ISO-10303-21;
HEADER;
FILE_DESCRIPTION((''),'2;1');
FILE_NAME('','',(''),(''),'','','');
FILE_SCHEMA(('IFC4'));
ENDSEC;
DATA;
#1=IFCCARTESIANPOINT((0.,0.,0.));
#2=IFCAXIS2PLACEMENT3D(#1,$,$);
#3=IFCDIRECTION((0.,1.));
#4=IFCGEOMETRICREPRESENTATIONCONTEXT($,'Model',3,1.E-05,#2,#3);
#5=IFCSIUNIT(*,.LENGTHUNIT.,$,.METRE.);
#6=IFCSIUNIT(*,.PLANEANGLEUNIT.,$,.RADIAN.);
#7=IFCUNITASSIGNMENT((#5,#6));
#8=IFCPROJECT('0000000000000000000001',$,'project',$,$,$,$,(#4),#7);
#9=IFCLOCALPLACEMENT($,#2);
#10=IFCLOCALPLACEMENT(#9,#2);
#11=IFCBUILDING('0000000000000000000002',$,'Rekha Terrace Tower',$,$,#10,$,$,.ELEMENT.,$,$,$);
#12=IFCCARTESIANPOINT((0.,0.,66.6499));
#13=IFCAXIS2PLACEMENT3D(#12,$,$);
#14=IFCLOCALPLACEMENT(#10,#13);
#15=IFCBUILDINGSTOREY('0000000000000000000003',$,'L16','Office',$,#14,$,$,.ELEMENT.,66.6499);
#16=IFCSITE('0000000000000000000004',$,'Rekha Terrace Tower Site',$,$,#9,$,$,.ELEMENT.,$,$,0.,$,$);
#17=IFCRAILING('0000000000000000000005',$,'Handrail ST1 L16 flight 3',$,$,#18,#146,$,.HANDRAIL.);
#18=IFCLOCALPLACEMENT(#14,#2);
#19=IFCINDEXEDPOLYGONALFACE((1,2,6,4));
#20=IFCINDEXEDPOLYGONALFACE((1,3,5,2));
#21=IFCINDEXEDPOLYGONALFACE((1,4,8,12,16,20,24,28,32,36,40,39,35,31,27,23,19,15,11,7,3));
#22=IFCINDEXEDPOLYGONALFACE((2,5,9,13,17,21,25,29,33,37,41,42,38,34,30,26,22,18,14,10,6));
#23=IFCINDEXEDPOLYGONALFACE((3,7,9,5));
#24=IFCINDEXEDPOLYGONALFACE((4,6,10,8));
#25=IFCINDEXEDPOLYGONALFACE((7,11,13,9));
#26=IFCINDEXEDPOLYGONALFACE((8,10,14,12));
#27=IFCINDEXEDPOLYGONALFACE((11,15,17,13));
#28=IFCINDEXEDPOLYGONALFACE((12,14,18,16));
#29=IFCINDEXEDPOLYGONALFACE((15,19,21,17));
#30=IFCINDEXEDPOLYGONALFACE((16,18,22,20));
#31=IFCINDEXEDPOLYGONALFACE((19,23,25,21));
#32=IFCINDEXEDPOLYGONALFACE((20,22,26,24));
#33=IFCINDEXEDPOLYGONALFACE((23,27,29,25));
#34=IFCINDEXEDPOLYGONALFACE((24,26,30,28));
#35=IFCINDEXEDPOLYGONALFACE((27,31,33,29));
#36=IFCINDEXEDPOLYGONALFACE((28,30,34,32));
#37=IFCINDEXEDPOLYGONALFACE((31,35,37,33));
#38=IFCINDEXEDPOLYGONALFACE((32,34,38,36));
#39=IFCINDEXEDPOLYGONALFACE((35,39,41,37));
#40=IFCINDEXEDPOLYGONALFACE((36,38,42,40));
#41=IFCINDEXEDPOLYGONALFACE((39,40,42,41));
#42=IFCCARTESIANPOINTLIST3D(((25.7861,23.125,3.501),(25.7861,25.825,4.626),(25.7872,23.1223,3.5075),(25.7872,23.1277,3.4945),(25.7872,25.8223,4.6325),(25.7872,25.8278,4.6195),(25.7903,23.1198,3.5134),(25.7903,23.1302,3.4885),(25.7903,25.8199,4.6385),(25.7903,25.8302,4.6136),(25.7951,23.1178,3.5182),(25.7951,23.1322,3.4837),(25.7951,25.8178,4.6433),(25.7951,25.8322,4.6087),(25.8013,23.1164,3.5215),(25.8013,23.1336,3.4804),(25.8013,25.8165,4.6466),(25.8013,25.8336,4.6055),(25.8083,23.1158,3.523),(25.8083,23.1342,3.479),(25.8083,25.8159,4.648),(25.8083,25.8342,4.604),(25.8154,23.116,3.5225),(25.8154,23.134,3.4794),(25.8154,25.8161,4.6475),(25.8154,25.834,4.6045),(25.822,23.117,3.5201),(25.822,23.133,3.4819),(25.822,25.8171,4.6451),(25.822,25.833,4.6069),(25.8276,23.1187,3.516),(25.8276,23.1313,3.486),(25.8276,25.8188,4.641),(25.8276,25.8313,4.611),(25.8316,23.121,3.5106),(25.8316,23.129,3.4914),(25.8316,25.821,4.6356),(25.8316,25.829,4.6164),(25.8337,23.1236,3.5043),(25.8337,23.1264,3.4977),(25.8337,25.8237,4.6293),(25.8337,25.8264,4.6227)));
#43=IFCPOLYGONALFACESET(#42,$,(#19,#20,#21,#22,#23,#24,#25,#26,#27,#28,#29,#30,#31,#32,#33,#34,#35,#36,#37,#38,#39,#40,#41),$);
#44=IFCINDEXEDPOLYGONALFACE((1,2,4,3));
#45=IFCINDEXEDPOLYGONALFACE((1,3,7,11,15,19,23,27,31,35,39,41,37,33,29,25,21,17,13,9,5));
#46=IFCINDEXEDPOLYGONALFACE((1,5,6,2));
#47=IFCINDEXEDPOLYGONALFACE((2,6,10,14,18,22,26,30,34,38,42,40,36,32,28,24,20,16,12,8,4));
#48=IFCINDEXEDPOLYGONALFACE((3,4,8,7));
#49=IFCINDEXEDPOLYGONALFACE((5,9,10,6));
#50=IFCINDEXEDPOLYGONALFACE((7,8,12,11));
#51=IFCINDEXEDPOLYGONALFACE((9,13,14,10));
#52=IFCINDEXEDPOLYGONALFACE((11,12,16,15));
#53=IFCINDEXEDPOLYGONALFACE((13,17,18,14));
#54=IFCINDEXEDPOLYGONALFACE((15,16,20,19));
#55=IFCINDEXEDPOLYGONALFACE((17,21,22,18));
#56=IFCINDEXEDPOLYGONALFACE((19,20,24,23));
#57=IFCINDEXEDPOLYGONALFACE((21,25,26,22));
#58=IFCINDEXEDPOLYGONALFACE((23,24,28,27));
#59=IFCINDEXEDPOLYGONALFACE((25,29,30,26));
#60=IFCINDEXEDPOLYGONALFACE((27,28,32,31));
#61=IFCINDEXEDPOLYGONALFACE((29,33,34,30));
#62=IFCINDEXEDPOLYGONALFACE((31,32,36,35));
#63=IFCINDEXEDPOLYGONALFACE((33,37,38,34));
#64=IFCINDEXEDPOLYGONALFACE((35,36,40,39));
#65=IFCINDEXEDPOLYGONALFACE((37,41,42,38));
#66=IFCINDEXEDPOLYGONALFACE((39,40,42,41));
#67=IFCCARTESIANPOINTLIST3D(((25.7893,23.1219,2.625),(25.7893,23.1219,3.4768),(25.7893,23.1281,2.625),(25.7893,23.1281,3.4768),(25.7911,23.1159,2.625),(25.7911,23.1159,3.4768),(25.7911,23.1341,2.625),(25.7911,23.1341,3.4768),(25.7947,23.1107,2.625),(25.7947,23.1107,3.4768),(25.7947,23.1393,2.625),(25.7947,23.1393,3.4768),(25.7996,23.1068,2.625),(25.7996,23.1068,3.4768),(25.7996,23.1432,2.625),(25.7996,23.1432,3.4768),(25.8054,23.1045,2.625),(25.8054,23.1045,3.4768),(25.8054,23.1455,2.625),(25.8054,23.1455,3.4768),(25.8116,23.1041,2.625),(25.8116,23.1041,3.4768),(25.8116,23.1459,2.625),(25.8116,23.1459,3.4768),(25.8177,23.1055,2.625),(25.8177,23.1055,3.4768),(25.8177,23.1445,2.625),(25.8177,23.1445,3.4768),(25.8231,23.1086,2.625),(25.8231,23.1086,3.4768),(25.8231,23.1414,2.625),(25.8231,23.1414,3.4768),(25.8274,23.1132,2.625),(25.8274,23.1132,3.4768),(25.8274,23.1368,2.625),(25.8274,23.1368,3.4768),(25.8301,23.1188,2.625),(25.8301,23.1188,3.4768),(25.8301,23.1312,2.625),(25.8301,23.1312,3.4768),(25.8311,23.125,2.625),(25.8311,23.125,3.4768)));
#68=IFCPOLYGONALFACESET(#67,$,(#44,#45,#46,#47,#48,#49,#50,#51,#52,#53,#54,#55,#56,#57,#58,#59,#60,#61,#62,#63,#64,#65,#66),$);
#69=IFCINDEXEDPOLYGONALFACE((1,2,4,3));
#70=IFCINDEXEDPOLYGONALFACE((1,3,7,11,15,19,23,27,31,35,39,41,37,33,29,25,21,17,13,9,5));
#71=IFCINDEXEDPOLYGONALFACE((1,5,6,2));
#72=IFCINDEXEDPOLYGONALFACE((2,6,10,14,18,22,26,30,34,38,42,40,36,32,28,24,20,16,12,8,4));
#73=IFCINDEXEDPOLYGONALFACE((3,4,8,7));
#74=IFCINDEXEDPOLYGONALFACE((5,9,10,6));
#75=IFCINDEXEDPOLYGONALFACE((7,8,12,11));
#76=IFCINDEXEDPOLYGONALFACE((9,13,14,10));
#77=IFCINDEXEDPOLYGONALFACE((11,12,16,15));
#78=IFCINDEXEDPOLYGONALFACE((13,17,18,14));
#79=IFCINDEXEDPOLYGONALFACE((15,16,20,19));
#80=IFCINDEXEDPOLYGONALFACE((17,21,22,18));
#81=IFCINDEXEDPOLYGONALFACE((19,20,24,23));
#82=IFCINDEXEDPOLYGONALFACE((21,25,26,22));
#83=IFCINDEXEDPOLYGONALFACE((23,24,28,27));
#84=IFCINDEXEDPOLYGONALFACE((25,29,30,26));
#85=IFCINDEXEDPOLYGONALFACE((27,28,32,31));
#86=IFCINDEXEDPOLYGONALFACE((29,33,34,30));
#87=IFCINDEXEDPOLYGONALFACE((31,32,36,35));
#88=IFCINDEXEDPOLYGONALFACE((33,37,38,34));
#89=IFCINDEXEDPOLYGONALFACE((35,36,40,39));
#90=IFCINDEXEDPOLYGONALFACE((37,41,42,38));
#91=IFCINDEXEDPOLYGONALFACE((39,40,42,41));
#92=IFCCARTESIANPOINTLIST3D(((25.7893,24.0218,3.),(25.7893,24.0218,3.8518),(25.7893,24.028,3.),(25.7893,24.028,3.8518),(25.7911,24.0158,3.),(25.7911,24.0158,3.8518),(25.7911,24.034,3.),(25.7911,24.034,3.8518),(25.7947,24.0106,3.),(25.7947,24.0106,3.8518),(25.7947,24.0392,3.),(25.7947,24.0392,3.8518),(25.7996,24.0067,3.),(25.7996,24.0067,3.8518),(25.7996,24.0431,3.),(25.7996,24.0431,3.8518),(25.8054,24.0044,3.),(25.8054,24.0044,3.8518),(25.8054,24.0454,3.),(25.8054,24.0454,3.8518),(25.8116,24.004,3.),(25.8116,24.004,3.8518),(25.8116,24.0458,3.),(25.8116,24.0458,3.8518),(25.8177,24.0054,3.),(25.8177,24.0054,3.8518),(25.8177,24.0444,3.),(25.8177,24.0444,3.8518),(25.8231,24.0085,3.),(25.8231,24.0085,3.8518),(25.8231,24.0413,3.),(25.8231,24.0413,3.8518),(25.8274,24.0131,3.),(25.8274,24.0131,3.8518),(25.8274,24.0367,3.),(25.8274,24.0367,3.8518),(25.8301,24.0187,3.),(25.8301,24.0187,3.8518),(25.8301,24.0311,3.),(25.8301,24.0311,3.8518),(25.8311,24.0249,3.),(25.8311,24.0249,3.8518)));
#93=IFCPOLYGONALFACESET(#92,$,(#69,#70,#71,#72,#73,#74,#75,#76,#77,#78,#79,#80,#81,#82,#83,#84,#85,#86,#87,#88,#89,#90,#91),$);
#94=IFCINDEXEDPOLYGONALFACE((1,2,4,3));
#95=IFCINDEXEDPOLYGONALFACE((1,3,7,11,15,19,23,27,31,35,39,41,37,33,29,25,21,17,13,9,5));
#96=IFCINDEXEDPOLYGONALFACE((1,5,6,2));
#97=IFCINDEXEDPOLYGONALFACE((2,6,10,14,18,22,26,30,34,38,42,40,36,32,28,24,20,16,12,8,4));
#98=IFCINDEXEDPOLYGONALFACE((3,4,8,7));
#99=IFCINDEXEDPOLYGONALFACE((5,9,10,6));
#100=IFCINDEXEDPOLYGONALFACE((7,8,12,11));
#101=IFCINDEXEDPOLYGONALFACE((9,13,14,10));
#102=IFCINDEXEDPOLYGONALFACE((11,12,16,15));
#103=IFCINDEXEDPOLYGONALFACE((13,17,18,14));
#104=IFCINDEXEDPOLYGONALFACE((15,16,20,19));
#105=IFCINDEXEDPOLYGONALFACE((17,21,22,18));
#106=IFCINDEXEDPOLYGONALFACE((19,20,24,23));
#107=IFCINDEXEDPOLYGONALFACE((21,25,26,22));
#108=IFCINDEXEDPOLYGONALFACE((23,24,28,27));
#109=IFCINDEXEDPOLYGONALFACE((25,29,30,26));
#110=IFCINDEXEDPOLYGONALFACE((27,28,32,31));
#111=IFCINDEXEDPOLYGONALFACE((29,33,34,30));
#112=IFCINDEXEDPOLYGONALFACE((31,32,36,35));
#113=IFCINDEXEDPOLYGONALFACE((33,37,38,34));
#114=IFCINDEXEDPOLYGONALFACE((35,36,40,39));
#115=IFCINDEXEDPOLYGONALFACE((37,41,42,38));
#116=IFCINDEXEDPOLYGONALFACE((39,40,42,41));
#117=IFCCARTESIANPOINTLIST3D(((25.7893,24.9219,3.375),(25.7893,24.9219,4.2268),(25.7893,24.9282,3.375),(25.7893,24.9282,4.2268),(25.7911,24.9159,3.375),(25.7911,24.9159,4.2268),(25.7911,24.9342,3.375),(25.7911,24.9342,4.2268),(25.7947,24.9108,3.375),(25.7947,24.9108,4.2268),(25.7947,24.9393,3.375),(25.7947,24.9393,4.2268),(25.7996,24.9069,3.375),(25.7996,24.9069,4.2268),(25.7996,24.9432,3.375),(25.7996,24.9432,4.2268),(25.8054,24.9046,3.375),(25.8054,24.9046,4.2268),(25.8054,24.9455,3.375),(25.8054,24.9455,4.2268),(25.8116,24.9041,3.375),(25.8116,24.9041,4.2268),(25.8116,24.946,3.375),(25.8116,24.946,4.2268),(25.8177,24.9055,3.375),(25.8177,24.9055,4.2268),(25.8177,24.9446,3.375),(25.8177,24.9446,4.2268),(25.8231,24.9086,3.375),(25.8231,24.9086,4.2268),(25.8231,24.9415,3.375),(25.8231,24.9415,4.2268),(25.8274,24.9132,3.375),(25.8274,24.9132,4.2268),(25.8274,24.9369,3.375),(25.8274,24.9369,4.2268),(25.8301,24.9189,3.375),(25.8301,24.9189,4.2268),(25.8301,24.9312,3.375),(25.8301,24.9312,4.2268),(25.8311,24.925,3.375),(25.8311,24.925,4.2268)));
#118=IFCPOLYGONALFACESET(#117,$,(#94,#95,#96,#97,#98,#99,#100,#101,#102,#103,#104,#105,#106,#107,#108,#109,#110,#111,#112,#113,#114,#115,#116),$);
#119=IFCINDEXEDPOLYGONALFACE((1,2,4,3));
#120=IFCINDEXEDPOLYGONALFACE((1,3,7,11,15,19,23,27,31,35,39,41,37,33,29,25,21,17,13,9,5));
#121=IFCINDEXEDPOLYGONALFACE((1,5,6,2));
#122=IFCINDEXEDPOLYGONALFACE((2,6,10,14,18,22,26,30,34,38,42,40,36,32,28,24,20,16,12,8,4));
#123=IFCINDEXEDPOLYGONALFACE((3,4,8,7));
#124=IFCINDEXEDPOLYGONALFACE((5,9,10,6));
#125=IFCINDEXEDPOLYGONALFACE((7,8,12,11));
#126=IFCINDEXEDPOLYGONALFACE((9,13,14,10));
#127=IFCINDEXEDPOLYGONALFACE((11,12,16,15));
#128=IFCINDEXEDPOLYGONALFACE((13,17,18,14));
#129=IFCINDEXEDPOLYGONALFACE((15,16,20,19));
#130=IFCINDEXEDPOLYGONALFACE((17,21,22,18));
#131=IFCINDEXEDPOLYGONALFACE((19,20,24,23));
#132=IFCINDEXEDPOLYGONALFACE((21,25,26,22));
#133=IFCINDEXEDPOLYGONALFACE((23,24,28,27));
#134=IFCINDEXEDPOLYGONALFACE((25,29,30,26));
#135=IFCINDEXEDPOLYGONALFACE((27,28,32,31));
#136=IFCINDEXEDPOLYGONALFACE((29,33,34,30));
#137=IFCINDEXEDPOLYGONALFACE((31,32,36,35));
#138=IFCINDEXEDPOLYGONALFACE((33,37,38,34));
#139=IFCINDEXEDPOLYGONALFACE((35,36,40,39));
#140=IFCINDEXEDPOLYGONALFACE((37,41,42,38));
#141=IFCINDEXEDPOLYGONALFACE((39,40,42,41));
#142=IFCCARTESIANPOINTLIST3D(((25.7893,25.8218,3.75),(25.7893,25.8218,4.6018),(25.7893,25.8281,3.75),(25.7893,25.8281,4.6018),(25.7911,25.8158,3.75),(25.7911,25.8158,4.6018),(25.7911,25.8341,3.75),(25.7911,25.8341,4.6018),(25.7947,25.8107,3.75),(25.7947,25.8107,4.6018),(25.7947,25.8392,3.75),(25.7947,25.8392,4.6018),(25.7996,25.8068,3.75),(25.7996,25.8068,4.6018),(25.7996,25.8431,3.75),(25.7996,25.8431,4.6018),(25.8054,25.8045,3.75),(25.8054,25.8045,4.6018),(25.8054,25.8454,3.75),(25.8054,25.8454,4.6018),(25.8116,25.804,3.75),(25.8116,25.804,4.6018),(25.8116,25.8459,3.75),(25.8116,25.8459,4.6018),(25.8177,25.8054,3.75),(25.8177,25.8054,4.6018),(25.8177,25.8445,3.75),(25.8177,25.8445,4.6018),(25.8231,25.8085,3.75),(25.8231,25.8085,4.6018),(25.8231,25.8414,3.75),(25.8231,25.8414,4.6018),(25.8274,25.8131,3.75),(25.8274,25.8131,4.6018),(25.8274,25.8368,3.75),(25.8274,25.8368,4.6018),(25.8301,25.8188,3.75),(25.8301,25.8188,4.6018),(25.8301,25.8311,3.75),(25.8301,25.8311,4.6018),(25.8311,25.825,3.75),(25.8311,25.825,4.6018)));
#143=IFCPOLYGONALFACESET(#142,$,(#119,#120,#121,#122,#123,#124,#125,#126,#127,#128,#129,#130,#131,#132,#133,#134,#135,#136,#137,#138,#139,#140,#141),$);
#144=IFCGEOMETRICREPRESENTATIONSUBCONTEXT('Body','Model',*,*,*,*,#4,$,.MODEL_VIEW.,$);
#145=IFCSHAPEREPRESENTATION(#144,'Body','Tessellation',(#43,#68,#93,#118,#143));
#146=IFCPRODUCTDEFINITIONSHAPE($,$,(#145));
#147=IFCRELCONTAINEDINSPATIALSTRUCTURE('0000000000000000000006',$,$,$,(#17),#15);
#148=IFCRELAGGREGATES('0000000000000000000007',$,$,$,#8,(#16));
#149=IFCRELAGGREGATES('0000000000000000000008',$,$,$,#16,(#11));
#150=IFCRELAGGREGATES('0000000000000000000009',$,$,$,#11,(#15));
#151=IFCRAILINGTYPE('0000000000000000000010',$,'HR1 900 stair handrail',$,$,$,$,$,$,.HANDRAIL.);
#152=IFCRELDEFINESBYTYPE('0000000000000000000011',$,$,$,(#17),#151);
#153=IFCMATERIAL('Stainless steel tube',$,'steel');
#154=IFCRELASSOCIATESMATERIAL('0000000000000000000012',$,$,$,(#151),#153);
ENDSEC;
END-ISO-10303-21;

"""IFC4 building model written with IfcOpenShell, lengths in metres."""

from ifc_helpers import new_model, si_unit, direction, frame, origin, origin_2d, place, context, subcontext, project, spatial, circle, extrude, material, type_object, element, save


model = new_model("IFC4")

# Units and contexts
model_context = context("Model", 3, precision=1e-05, world=origin(), true_north=direction((0.0, 1.0)))
body_context = subcontext(model_context, "Body", "Model", "MODEL_VIEW")
ifc_project = project(units=[si_unit("LENGTHUNIT", "METRE"), si_unit("PLANEANGLEUNIT", "RADIAN")], contexts=[model_context])

# Site, building, storey
site_placement = place(None, origin())
site = spatial("IfcSite", under=ifc_project, at=site_placement, Name="Rekha Terrace Tower Site", CompositionType="ELEMENT", RefElevation=0.0)
building_placement = place(site_placement, origin())
building = spatial("IfcBuilding", under=site, at=building_placement, Name="Rekha Terrace Tower", CompositionType="ELEMENT")
storey_placement = place(building_placement, frame((0.0, 0.0, 66.6499)))
storey = spatial("IfcBuildingStorey", under=building, at=storey_placement, Name="L16", Description="Office", CompositionType="ELEMENT", Elevation=66.6499)

# Railing
ifc_material_1 = material(Name="Stainless steel tube", Category="steel")
railing_type_1 = type_object("IfcRailingType", Name="HR1 900 stair handrail", PredefinedType="HANDRAIL", material=ifc_material_1)
railing_1_placement = place(storey_placement, frame((25.8101, 23.125, 2.625)))
element("IfcRailing", 1, at=railing_1_placement, inside=storey, type_object=railing_type_1, Name="Handrail ST1 L16 flight 3", PredefinedType="HANDRAIL", context=body_context, shape_type="SweptSolid", body=[
    extrude(circle(Radius=0.0239, at=origin_2d()), frame((0.0, 0.0, 0.876), z_axis=(0.0, 0.923074, 0.384621), x_axis=(-1.0, 0.0, 0.0)), (0.0, 0.0, 1.0), 2.925),
    extrude(circle(Radius=0.021, at=origin_2d()), origin(), (0.0, 0.0, 1.0), 0.8518),
    extrude(circle(Radius=0.021, at=origin_2d()), frame((0.0, 0.8999, 0.375)), (0.0, 0.0, 1.0), 0.8518),
    extrude(circle(Radius=0.021, at=origin_2d()), frame((0.0, 1.8, 0.75)), (0.0, 0.0, 1.0), 0.8518),
    extrude(circle(Radius=0.021, at=origin_2d()), frame((0.0, 2.7, 1.125)), (0.0, 0.0, 1.0), 0.8518),
])

save(model, "model.ifc")
